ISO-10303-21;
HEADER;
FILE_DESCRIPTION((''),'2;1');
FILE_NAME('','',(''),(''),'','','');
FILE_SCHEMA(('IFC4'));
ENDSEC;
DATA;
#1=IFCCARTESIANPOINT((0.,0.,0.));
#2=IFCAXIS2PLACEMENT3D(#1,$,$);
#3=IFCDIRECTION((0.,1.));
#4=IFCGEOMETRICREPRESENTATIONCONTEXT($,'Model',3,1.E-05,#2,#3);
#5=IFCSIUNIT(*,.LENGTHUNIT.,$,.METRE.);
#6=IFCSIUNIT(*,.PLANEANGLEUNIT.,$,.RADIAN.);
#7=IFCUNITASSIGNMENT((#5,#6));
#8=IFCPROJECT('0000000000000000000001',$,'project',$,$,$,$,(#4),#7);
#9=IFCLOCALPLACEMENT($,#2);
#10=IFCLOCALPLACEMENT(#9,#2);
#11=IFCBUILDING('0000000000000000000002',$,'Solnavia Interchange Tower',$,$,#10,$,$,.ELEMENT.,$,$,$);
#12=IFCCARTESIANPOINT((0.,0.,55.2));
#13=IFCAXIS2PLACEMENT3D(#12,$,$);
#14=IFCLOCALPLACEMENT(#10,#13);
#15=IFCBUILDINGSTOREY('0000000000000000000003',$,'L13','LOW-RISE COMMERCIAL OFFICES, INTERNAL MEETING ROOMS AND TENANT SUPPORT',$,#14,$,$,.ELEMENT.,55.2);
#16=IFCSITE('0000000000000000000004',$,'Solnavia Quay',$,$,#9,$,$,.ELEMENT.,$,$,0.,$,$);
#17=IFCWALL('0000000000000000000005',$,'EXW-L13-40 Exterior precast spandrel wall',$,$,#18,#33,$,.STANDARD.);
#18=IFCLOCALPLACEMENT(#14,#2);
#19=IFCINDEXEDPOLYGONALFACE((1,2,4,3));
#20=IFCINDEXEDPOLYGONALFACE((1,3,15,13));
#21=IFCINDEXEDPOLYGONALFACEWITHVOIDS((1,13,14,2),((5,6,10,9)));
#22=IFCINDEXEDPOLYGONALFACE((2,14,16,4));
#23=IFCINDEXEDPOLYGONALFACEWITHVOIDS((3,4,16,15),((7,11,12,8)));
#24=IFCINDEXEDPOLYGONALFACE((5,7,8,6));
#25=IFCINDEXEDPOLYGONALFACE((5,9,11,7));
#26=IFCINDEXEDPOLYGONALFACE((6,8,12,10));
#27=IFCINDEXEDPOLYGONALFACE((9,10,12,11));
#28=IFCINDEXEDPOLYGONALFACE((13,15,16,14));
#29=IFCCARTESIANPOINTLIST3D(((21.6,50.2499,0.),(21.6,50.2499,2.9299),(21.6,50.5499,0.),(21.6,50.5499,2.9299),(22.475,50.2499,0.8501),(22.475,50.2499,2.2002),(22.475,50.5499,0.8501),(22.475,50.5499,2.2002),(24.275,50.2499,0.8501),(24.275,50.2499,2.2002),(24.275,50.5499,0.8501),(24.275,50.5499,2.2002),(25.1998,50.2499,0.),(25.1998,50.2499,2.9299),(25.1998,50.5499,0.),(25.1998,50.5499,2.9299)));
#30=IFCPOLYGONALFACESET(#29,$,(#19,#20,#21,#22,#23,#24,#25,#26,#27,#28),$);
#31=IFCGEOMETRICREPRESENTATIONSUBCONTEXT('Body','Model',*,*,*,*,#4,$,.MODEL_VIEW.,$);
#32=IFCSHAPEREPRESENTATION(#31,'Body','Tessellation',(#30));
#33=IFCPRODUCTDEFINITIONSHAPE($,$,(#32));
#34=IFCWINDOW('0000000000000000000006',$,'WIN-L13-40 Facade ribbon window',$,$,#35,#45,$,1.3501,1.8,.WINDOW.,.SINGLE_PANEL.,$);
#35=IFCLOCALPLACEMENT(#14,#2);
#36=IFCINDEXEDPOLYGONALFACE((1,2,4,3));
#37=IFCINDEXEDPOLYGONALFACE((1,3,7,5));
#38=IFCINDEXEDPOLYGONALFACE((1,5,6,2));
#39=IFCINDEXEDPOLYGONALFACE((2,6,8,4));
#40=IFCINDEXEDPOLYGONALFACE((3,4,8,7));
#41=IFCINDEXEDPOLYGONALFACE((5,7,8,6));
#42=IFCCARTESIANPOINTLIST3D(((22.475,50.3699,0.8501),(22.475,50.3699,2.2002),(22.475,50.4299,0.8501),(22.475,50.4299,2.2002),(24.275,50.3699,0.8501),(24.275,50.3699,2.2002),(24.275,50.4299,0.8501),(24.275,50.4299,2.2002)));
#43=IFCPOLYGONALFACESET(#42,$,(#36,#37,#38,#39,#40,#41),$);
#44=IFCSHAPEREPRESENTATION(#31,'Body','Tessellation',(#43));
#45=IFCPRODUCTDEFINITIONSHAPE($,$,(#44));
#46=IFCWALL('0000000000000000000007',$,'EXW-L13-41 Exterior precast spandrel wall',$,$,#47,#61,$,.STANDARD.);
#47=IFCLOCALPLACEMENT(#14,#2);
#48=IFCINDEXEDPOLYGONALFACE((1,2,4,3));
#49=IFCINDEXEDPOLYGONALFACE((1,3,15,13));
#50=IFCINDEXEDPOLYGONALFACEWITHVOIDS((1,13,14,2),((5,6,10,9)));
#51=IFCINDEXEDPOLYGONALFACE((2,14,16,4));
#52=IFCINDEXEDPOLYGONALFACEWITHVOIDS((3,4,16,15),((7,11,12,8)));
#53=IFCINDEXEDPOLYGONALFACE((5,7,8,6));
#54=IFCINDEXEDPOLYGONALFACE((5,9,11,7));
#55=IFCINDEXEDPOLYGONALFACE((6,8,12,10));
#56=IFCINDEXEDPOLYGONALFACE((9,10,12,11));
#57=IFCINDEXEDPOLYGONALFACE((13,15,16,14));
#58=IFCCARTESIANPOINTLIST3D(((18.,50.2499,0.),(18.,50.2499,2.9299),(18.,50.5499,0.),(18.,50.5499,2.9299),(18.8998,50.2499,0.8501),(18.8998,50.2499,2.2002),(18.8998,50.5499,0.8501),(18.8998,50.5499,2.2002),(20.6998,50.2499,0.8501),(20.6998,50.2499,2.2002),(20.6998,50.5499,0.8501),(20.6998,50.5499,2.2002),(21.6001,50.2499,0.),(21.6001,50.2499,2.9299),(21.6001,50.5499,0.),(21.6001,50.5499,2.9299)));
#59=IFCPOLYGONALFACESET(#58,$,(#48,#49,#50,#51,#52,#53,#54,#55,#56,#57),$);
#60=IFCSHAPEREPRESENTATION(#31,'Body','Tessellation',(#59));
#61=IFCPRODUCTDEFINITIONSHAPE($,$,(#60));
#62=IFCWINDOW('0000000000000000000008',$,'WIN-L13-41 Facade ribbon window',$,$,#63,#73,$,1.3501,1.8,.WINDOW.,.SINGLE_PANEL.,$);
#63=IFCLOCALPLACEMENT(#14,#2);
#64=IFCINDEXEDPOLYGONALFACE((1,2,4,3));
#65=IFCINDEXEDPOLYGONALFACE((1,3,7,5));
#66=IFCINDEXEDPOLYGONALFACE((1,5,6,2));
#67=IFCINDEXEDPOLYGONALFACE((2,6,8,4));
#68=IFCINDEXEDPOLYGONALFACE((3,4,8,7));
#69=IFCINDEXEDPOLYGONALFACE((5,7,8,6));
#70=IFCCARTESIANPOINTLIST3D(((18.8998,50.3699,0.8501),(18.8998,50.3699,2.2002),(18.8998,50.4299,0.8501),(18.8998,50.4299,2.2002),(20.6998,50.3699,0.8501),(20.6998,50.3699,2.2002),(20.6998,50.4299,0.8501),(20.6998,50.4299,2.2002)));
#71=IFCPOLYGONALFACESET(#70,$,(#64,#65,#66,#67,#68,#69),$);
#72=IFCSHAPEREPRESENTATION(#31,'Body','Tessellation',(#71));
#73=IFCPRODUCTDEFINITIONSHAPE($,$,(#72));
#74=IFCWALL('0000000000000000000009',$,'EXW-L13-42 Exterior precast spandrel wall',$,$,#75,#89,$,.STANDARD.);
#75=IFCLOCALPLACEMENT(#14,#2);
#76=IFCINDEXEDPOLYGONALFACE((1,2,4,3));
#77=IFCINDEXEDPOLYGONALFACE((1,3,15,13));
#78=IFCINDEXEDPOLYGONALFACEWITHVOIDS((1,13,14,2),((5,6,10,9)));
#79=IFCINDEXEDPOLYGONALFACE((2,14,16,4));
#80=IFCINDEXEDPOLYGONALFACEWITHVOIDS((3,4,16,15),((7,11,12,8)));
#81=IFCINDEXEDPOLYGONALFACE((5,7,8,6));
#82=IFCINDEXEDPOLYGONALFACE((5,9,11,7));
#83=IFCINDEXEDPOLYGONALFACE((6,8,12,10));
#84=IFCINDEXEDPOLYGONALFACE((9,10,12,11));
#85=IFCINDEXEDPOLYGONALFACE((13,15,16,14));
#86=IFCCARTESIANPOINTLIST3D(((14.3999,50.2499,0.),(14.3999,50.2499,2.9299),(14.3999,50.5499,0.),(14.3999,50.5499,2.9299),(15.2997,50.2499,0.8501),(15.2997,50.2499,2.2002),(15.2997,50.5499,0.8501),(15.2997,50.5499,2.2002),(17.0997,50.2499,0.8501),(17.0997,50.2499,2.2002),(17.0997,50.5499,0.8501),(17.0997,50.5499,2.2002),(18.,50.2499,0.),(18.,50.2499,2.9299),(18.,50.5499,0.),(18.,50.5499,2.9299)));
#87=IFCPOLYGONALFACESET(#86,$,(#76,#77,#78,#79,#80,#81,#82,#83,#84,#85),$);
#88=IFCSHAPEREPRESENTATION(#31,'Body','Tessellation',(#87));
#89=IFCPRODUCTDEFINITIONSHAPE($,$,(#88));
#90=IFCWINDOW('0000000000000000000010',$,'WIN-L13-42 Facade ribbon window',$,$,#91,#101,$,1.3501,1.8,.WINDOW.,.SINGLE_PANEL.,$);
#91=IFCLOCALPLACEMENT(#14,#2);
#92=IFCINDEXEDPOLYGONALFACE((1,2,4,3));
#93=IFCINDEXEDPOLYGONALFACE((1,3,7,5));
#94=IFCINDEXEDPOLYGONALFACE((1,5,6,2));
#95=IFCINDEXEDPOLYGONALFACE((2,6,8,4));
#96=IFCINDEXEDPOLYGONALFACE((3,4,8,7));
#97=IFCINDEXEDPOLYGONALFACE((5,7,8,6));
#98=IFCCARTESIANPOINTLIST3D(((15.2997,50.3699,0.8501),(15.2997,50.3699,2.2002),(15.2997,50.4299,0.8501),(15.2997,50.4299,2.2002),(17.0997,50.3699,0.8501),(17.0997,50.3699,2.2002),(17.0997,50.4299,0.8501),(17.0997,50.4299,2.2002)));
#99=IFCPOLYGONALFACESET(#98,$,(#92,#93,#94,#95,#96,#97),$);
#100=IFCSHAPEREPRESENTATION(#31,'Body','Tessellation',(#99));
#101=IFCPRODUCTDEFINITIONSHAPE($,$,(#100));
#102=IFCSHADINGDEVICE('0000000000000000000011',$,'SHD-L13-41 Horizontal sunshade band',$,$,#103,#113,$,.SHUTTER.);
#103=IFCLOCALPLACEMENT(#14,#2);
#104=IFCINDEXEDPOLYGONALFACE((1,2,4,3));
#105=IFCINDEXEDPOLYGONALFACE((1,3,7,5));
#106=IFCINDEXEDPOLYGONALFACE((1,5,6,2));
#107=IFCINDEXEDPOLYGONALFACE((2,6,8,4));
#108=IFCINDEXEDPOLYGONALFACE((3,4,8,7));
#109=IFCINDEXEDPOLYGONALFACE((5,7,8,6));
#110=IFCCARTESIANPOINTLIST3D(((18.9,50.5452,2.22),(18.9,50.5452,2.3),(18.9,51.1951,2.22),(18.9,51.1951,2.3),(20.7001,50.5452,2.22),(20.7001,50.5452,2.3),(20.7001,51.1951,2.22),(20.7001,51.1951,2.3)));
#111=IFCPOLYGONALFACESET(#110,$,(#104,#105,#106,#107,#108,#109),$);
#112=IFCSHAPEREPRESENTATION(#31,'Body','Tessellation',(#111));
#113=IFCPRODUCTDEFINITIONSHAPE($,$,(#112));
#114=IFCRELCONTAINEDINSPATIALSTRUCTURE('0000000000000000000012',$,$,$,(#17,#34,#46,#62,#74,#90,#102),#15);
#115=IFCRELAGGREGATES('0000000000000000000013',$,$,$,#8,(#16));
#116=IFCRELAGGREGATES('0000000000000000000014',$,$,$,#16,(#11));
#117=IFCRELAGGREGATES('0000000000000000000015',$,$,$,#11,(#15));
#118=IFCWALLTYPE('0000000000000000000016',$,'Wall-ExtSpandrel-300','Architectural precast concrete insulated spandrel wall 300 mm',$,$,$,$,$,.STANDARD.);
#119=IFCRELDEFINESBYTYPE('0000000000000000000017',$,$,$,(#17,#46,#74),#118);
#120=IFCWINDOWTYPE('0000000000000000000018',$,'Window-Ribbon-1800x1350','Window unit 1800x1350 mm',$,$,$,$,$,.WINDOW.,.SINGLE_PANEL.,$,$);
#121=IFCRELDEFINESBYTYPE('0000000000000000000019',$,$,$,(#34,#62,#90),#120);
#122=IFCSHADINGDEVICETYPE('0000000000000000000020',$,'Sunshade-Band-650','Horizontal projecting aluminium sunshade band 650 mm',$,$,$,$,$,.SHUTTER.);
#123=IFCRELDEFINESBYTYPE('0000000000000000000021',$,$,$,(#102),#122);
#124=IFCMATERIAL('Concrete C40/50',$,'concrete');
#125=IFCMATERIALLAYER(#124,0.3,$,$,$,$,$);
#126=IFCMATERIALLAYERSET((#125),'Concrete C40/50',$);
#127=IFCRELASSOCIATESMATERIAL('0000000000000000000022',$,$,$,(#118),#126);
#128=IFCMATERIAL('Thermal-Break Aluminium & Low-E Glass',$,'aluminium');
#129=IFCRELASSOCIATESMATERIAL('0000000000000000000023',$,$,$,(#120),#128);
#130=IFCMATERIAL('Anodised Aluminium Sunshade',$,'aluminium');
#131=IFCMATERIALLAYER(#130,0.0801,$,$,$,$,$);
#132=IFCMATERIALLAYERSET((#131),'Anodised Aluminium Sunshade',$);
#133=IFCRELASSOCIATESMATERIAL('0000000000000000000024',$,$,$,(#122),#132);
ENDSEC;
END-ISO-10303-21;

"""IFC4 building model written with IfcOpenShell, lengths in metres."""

from ifc_helpers import new_model, si_unit, direction, frame, frame_2d, origin, origin_2d, place, context, subcontext, project, spatial, rectangle, extrude, material, layer, layer_set, type_object, element, fill, save


model = new_model("IFC4")

# Units and contexts
model_context = context("Model", 3, precision=1e-05, world=origin(), true_north=direction((0.0, 1.0)))
body_context = subcontext(model_context, "Body", "Model", "MODEL_VIEW")
ifc_project = project(units=[si_unit("LENGTHUNIT", "METRE"), si_unit("PLANEANGLEUNIT", "RADIAN")], contexts=[model_context])

# Site, building, storey
site_placement = place(None, origin())
site = spatial("IfcSite", under=ifc_project, at=site_placement, Name="Solnavia Quay", CompositionType="ELEMENT", RefElevation=0.0)
building_placement = place(site_placement, origin())
building = spatial("IfcBuilding", under=site, at=building_placement, Name="Solnavia Interchange Tower", CompositionType="ELEMENT")
storey_placement = place(building_placement, frame((0.0, 0.0, 55.2)))
storey = spatial("IfcBuildingStorey", under=building, at=storey_placement, Name="L13", Description="LOW-RISE COMMERCIAL OFFICES, INTERNAL MEETING ROOMS AND TENANT SUPPORT", CompositionType="ELEMENT", Elevation=55.2)

# Walls, openings, windows
ifc_material_1 = material(Name="Concrete C40/50", Category="concrete")
ifc_layer_1 = layer(ifc_material_1, 0.3)
ifc_layer_set_1 = layer_set([ifc_layer_1], Name="Concrete C40/50")
wall_type_1 = type_object("IfcWallType", Name="Wall-ExtSpandrel-300", Description="Architectural precast concrete insulated spandrel wall 300 mm", PredefinedType="STANDARD", material=ifc_layer_set_1)
wall_1_placement = place(storey_placement, frame((21.6001, 50.3999, 0.0), z_axis=(0.0, 0.0, 1.0), x_axis=(1.0, 0.0, 0.0)))
wall_1 = element("IfcWall", 1, at=wall_1_placement, inside=storey, type_object=wall_type_1, Name="EXW-L13-40 Exterior precast spandrel wall", PredefinedType="STANDARD", context=body_context, shape_type="SweptSolid", body=[
    extrude(rectangle(XDim=3.5999, YDim=0.3, at=frame_2d((1.7998, 0.0))), origin(), (0.0, 0.0, 1.0), 2.9299),
])
opening_1_placement = place(wall_1_placement, frame((0.875, 0.0, 0.8501)))
opening_1 = element("IfcOpeningElement", 2, at=opening_1_placement, cuts=wall_1, PredefinedType="OPENING", context=body_context, shape_type="SweptSolid", body=[
    extrude(rectangle(XDim=1.8, YDim=1.3501, at=frame_2d((0.8999, 0.675))), frame((0.0, 0.1602, 0.0), z_axis=(0.0, -1.0, 0.0), x_axis=(1.0, 0.0, 0.0)), (0.0, 0.0, 1.0), 0.3201),
])
ifc_material_2 = material(Name="Thermal-Break Aluminium & Low-E Glass", Category="aluminium")
window_type = type_object("IfcWindowType", Name="Window-Ribbon-1800x1350", Description="Window unit 1800x1350 mm", PartitioningType="SINGLE_PANEL", PredefinedType="WINDOW", material=ifc_material_2)
window_1_placement = place(opening_1_placement, origin())
window_1 = element("IfcWindow", 3, at=window_1_placement, inside=storey, type_object=window_type, Name="WIN-L13-40 Facade ribbon window", OverallHeight=1.3501, OverallWidth=1.8, PartitioningType="SINGLE_PANEL", PredefinedType="WINDOW", context=body_context, shape_type="SweptSolid", body=[
    extrude(rectangle(XDim=1.8, YDim=1.3501, at=frame_2d((0.8999, 0.675))), frame((0.0, 0.03, 0.0), z_axis=(0.0, -1.0, 0.0), x_axis=(1.0, 0.0, 0.0)), (0.0, 0.0, 1.0), 0.0601),
])
fill(opening_1, window_1)
wall_2_placement = place(storey_placement, frame((18.0, 50.3999, 0.0), z_axis=(0.0, 0.0, 1.0), x_axis=(1.0, 0.0, 0.0)))
wall_2 = element("IfcWall", 4, at=wall_2_placement, inside=storey, type_object=wall_type_1, Name="EXW-L13-41 Exterior precast spandrel wall", PredefinedType="STANDARD", context=body_context, shape_type="SweptSolid", body=[
    extrude(rectangle(XDim=3.6001, YDim=0.3, at=frame_2d((1.8, 0.0))), origin(), (0.0, 0.0, 1.0), 2.9299),
])
opening_2_placement = place(wall_2_placement, frame((0.8999, 0.0, 0.8501)))
opening_2 = element("IfcOpeningElement", 5, at=opening_2_placement, cuts=wall_2, PredefinedType="OPENING", context=body_context, shape_type="SweptSolid", body=[
    extrude(rectangle(XDim=1.8, YDim=1.3501, at=frame_2d((0.8999, 0.675))), frame((0.0, 0.1602, 0.0), z_axis=(0.0, -1.0, 0.0), x_axis=(1.0, 0.0, 0.0)), (0.0, 0.0, 1.0), 0.3201),
])
window_2_placement = place(opening_2_placement, origin())
window_2 = element("IfcWindow", 6, at=window_2_placement, inside=storey, type_object=window_type, Name="WIN-L13-41 Facade ribbon window", OverallHeight=1.3501, OverallWidth=1.8, PartitioningType="SINGLE_PANEL", PredefinedType="WINDOW", context=body_context, shape_type="SweptSolid", body=[
    extrude(rectangle(XDim=1.8, YDim=1.3501, at=frame_2d((0.8999, 0.675))), frame((0.0, 0.03, 0.0), z_axis=(0.0, -1.0, 0.0), x_axis=(1.0, 0.0, 0.0)), (0.0, 0.0, 1.0), 0.0601),
])
fill(opening_2, window_2)
wall_3_placement = place(storey_placement, frame((14.3999, 50.3999, 0.0), z_axis=(0.0, 0.0, 1.0), x_axis=(1.0, 0.0, 0.0)))
wall_3 = element("IfcWall", 7, at=wall_3_placement, inside=storey, type_object=wall_type_1, Name="EXW-L13-42 Exterior precast spandrel wall", PredefinedType="STANDARD", context=body_context, shape_type="SweptSolid", body=[
    extrude(rectangle(XDim=3.6001, YDim=0.3, at=frame_2d((1.8, 0.0))), origin(), (0.0, 0.0, 1.0), 2.9299),
])
opening_3_placement = place(wall_3_placement, frame((0.8999, 0.0, 0.8501)))
opening_3 = element("IfcOpeningElement", 8, at=opening_3_placement, cuts=wall_3, PredefinedType="OPENING", context=body_context, shape_type="SweptSolid", body=[
    extrude(rectangle(XDim=1.8, YDim=1.3501, at=frame_2d((0.8999, 0.675))), frame((0.0, 0.1602, 0.0), z_axis=(0.0, -1.0, 0.0), x_axis=(1.0, 0.0, 0.0)), (0.0, 0.0, 1.0), 0.3201),
])
window_3_placement = place(opening_3_placement, origin())
window_3 = element("IfcWindow", 9, at=window_3_placement, inside=storey, type_object=window_type, Name="WIN-L13-42 Facade ribbon window", OverallHeight=1.3501, OverallWidth=1.8, PartitioningType="SINGLE_PANEL", PredefinedType="WINDOW", context=body_context, shape_type="SweptSolid", body=[
    extrude(rectangle(XDim=1.8, YDim=1.3501, at=frame_2d((0.8999, 0.675))), frame((0.0, 0.03, 0.0), z_axis=(0.0, -1.0, 0.0), x_axis=(1.0, 0.0, 0.0)), (0.0, 0.0, 1.0), 0.0601),
])
fill(opening_3, window_3)

# Shading device
ifc_material_3 = material(Name="Anodised Aluminium Sunshade", Category="aluminium")
ifc_layer_2 = layer(ifc_material_3, 0.0801)
ifc_layer_set_2 = layer_set([ifc_layer_2], Name="Anodised Aluminium Sunshade")
shading_device_type = type_object("IfcShadingDeviceType", Name="Sunshade-Band-650", Description="Horizontal projecting aluminium sunshade band 650 mm", PredefinedType="SHUTTER", material=ifc_layer_set_2)
shading_device_placement = place(storey_placement, frame((19.8, 50.8701, 2.22), z_axis=(0.0, 0.0, 1.0), x_axis=(1.0, 0.0, 0.0)))
element("IfcShadingDevice", 10, at=shading_device_placement, inside=storey, type_object=shading_device_type, Name="SHD-L13-41 Horizontal sunshade band", PredefinedType="SHUTTER", context=body_context, shape_type="SweptSolid", body=[
    extrude(rectangle(XDim=1.8, YDim=0.6499, at=origin_2d()), origin(), (0.0, 0.0, 1.0), 0.0801),
])

save(model, "model.ifc")
